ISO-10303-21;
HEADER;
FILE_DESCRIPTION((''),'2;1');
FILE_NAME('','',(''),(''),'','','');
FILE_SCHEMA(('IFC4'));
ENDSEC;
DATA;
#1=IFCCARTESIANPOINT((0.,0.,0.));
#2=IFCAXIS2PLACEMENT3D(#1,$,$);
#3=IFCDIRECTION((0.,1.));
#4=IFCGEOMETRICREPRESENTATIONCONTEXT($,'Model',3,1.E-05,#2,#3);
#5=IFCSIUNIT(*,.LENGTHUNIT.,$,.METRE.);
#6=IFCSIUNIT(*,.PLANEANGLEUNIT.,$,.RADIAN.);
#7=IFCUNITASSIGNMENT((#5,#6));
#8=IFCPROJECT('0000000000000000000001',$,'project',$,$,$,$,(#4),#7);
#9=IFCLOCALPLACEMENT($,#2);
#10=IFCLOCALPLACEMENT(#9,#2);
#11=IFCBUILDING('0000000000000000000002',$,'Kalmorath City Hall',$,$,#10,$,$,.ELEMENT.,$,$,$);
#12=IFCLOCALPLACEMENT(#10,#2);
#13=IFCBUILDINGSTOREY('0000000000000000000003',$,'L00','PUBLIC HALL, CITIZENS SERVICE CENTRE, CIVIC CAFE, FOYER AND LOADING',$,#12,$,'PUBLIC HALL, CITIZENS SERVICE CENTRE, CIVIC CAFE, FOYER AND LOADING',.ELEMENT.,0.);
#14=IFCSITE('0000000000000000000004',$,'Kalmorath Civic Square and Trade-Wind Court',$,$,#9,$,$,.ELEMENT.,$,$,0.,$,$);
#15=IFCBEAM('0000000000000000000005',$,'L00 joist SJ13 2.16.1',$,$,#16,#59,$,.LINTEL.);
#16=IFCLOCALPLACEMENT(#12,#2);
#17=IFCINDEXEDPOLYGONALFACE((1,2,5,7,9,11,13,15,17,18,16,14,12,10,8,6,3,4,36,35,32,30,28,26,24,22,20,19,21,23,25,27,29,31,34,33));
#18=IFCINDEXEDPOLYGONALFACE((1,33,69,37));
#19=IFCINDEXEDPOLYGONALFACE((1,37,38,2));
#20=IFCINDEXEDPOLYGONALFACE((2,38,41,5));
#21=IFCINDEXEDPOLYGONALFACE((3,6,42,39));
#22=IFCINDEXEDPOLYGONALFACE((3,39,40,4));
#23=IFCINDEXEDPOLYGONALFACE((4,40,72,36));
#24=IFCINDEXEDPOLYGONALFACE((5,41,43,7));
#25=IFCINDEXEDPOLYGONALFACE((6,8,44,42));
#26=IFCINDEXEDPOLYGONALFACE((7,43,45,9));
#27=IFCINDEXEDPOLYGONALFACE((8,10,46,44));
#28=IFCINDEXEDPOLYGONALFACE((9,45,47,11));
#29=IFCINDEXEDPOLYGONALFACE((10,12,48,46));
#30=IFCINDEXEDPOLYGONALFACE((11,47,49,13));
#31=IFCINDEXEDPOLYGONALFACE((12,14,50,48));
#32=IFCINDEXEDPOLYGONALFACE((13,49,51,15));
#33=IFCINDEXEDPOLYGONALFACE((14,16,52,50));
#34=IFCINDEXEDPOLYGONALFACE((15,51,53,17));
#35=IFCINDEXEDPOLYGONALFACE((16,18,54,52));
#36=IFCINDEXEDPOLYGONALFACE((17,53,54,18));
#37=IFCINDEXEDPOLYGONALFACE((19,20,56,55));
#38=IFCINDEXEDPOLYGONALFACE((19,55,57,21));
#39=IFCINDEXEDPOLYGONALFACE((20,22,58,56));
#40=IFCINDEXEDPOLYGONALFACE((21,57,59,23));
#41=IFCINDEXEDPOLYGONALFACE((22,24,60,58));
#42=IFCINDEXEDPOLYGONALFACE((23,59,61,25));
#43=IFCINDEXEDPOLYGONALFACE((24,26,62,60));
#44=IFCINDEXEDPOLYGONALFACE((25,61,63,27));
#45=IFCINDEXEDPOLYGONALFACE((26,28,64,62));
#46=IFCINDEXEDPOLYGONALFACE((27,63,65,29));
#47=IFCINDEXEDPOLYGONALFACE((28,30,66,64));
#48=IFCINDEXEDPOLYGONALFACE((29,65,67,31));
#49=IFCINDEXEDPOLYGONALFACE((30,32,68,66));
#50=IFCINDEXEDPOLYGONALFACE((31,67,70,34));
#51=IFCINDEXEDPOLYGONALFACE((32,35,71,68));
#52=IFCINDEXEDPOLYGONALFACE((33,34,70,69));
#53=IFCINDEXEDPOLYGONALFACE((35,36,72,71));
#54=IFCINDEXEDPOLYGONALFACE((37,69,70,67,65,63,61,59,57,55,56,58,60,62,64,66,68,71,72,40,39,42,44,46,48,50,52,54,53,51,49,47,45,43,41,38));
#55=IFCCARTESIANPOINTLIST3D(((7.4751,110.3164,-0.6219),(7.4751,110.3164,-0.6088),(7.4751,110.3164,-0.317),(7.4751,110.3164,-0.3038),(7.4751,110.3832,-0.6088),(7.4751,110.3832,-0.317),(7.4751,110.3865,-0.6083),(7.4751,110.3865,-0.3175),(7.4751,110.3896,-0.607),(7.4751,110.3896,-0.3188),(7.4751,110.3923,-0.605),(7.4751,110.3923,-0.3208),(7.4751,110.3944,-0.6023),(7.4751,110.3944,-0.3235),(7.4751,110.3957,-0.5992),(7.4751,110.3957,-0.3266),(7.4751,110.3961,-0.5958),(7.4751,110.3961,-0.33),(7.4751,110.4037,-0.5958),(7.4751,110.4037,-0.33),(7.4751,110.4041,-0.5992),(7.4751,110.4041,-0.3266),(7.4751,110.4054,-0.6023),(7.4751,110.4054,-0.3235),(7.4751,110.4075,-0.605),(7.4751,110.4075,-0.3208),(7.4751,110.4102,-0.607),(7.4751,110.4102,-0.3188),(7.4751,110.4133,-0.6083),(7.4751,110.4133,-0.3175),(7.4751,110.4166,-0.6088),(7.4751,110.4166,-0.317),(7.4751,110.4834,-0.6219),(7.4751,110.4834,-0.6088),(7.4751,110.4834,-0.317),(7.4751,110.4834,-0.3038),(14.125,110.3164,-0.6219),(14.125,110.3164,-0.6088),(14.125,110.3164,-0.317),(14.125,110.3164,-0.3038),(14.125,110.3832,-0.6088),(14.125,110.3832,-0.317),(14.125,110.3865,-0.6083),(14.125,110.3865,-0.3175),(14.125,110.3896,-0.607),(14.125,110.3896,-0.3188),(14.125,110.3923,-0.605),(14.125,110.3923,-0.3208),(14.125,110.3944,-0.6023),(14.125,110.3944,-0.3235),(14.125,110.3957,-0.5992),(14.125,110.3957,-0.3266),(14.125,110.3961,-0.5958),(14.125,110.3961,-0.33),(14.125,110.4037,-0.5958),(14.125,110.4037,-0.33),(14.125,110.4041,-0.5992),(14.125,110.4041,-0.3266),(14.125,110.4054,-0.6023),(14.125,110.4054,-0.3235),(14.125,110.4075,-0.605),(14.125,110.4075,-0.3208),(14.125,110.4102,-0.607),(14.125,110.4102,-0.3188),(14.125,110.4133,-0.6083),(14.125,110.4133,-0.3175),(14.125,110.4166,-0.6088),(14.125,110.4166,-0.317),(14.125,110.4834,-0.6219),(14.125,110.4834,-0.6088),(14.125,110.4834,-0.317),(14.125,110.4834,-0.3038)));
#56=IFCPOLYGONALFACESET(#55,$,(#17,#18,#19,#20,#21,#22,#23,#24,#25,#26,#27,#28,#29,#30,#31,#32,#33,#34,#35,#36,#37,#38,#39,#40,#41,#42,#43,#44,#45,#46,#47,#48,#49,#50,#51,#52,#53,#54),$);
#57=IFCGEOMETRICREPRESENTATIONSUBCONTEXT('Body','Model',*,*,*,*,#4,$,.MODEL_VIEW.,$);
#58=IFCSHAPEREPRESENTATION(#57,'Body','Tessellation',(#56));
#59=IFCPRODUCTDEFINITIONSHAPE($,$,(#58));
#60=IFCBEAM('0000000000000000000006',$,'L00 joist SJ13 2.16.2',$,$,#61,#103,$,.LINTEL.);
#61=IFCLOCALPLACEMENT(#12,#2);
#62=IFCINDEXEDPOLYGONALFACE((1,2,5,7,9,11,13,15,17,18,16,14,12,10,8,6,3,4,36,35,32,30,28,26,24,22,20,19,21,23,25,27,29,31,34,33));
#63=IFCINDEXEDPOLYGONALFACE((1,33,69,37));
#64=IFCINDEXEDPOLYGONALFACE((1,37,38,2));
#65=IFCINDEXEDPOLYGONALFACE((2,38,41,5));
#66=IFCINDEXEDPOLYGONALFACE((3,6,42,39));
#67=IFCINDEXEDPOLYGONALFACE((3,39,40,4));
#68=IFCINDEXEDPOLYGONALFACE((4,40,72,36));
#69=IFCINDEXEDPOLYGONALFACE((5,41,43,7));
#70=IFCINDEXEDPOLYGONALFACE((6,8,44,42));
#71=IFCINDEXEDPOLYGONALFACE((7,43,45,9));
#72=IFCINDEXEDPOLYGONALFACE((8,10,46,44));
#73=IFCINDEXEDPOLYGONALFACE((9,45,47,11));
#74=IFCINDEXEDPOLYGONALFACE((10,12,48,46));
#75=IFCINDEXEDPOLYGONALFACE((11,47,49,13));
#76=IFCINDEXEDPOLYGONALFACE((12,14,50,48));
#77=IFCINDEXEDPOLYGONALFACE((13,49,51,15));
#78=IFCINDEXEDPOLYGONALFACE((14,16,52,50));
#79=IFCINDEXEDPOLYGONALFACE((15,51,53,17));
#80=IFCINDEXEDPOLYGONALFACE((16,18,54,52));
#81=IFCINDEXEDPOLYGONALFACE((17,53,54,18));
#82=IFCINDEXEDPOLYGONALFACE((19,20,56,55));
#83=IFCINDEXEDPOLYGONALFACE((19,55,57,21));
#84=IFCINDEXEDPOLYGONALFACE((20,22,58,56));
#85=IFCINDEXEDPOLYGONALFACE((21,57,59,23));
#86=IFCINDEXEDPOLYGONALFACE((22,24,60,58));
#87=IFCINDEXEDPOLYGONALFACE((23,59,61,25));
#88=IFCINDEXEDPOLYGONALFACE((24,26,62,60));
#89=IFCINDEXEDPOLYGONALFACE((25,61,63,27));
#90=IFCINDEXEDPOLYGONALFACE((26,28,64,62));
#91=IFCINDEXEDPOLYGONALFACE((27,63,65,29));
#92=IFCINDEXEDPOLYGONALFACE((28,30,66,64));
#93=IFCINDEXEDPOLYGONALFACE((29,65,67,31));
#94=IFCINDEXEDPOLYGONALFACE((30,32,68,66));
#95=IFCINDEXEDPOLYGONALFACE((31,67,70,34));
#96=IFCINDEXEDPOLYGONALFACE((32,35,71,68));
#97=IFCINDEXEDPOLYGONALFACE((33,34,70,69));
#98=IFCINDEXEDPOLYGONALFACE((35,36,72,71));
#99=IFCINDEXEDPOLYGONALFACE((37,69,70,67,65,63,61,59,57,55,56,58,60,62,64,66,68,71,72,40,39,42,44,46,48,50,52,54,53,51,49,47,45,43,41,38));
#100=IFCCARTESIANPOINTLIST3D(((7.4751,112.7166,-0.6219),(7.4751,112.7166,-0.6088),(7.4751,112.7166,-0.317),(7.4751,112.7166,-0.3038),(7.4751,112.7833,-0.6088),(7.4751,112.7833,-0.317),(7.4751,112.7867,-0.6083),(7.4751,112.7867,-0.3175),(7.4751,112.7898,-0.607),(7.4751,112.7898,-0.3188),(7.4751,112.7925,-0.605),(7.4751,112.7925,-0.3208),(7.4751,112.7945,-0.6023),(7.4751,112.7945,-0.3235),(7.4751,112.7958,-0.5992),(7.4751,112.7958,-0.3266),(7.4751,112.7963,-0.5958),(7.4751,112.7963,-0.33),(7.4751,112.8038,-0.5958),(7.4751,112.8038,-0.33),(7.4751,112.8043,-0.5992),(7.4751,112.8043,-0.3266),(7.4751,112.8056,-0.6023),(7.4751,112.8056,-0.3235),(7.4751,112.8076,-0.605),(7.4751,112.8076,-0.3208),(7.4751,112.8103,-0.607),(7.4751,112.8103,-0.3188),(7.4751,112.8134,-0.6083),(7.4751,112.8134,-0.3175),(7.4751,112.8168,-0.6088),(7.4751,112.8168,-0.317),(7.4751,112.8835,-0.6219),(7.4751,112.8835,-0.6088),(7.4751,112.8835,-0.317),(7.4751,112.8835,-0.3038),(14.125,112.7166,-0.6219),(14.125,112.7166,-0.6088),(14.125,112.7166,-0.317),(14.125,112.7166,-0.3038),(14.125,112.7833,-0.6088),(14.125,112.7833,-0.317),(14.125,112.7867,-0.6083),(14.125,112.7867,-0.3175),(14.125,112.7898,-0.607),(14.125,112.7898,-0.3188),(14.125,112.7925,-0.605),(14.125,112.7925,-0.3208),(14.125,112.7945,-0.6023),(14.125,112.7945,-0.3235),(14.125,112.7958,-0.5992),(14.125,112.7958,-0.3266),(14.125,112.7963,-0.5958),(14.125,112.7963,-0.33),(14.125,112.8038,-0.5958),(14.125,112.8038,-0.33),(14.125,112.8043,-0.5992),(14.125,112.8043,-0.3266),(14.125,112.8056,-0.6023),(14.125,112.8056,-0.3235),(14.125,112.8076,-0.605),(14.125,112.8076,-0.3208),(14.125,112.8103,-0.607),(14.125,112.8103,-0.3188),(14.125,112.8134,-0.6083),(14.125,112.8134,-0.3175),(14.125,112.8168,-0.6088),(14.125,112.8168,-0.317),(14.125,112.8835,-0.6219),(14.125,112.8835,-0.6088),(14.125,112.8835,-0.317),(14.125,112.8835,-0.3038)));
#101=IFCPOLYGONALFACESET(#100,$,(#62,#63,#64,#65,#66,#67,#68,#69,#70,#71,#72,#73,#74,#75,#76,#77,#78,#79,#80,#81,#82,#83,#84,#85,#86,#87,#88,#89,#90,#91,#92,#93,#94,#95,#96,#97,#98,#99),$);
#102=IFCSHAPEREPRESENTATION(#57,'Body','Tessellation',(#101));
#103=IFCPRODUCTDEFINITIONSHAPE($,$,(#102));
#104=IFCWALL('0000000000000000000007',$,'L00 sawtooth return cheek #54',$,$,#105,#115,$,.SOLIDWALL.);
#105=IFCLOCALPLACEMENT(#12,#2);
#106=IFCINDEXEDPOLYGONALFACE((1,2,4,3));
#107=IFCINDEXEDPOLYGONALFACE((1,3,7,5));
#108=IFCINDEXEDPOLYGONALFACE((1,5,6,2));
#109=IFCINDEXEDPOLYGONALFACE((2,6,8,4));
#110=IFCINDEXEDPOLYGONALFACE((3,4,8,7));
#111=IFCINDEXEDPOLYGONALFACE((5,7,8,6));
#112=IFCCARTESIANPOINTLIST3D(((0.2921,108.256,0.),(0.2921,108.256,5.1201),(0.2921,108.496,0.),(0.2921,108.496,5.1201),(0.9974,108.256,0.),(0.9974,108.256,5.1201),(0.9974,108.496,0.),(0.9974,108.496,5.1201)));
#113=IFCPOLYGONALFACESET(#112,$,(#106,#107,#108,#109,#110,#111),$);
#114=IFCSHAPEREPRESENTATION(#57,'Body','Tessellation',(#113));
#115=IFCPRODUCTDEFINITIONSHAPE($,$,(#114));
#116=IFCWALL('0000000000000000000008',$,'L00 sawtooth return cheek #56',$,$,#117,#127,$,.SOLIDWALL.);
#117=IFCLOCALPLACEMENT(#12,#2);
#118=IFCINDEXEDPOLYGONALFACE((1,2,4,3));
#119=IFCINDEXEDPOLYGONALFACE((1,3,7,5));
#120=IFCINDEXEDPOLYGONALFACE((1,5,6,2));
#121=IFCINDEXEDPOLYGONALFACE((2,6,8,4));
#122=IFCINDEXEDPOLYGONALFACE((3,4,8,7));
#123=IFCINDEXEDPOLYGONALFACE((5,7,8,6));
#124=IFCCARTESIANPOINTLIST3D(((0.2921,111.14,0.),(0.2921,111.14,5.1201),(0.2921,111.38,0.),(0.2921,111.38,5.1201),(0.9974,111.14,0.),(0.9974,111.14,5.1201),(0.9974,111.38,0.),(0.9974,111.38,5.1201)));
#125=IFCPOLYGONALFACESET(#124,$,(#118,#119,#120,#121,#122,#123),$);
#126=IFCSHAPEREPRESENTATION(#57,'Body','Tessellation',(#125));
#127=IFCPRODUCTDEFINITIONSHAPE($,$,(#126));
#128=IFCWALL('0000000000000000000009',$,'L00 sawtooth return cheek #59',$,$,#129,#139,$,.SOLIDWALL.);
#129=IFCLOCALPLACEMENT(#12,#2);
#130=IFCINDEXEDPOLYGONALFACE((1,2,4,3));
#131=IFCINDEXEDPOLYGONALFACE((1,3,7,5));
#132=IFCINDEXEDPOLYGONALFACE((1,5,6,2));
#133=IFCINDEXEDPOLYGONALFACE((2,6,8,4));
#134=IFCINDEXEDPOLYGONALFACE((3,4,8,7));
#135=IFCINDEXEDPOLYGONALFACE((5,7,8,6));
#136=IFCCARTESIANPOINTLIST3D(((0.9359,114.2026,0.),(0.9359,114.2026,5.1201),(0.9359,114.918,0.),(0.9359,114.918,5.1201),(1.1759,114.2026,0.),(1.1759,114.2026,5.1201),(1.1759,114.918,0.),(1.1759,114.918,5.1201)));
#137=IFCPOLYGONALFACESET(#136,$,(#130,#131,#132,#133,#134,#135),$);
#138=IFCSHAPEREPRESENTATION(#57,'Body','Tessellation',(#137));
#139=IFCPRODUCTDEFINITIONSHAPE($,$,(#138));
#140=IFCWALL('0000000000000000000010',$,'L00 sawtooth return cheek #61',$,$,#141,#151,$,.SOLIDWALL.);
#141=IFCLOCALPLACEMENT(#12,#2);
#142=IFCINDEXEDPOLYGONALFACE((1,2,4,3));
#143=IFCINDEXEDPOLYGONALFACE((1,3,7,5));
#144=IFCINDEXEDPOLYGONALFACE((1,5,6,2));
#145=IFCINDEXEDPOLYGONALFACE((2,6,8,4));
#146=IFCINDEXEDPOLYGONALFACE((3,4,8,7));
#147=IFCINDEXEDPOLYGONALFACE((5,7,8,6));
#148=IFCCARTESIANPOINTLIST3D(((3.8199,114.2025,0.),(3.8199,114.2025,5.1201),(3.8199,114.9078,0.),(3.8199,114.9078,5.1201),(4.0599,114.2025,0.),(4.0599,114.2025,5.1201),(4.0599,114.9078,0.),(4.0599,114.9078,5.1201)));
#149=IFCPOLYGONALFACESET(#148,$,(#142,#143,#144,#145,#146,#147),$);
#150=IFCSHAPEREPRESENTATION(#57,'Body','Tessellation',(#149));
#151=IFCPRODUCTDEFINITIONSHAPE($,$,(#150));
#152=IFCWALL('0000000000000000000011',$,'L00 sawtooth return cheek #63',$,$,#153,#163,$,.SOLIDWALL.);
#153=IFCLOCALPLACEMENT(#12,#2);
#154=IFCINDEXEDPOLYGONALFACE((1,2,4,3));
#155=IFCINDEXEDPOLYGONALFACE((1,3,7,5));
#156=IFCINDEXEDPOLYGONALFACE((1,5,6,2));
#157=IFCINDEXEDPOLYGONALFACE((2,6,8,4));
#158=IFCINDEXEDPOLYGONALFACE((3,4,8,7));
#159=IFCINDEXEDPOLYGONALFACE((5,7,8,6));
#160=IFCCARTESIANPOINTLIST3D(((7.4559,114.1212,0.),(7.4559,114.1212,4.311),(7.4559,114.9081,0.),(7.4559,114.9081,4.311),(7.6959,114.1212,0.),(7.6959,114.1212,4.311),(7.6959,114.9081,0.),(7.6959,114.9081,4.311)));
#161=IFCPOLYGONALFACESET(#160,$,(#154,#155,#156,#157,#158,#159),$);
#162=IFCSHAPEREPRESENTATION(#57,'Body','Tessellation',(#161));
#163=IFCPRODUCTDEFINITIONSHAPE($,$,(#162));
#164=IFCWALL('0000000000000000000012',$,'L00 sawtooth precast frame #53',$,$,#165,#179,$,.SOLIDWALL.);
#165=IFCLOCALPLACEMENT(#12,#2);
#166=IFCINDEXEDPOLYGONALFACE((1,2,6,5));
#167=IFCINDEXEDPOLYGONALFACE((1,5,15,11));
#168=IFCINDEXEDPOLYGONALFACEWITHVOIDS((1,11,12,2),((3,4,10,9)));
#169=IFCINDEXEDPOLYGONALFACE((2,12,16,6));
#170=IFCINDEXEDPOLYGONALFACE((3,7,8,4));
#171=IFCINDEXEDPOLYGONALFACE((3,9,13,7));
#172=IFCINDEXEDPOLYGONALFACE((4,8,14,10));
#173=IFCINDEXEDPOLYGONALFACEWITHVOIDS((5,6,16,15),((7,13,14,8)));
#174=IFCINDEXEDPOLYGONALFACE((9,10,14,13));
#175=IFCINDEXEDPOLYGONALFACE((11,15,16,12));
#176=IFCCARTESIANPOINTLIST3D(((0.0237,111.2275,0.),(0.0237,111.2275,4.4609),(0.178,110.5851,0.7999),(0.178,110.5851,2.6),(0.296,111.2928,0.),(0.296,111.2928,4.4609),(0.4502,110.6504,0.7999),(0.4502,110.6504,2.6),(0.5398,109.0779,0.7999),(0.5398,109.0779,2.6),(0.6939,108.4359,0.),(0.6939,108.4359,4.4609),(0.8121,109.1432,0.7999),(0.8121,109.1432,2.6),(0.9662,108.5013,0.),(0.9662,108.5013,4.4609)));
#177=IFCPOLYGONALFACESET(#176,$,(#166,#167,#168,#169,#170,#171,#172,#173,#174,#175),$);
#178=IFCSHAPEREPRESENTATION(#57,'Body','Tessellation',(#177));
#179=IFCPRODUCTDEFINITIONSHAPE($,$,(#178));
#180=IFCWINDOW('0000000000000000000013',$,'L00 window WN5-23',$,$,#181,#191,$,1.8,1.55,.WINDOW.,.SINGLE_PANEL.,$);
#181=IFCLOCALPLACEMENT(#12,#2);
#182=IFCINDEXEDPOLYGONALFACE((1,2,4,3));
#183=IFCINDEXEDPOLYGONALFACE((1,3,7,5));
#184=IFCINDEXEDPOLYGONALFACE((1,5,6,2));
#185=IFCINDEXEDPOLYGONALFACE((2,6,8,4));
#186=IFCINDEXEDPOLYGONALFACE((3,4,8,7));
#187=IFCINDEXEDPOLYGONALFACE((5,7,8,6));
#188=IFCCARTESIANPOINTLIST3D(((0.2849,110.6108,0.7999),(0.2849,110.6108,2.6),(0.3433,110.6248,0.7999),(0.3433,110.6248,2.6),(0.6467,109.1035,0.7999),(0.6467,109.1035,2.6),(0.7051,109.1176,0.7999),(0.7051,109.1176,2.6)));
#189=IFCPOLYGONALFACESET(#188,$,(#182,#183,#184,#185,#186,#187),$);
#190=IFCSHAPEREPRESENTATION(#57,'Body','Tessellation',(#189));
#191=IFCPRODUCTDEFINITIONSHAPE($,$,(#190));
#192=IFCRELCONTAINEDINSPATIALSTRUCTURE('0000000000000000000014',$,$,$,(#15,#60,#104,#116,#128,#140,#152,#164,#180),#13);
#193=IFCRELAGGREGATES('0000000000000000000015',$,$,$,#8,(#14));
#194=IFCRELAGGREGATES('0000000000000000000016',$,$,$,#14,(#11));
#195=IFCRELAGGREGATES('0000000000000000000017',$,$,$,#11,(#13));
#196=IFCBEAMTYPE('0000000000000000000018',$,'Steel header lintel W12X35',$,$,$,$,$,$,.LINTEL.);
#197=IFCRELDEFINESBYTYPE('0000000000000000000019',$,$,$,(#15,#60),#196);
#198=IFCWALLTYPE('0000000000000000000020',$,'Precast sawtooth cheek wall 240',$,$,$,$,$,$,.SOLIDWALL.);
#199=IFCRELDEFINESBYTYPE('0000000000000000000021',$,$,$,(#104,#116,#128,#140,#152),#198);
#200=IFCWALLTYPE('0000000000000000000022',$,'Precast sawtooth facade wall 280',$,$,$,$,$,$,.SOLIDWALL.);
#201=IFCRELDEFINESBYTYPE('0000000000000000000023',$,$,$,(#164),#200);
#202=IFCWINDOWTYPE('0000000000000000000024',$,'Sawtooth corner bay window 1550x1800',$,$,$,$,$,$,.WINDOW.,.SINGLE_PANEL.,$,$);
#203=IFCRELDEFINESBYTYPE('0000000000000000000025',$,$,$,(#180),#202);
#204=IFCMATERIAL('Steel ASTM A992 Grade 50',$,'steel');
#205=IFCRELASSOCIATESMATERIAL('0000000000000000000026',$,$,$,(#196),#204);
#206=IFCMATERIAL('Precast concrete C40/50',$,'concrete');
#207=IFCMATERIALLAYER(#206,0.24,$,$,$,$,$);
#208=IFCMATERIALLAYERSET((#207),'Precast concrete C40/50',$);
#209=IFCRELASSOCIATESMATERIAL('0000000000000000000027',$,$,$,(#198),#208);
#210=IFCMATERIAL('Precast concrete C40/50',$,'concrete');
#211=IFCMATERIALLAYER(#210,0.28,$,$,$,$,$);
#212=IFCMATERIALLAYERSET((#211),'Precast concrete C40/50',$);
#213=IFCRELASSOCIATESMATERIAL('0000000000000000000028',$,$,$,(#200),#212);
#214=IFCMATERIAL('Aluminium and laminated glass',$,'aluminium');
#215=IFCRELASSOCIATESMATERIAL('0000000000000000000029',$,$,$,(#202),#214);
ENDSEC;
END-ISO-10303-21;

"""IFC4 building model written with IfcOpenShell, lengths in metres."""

from ifc_helpers import new_model, si_unit, direction, frame, frame_2d, origin, origin_2d, place, context, subcontext, project, spatial, rectangle, i_section, extrude, material, layer, layer_set, material_profile, profile_set, type_object, element, fill, save


model = new_model("IFC4")

# Units and contexts
model_context = context("Model", 3, precision=1e-05, world=origin(), true_north=direction((0.0, 1.0)))
body_context = subcontext(model_context, "Body", "Model", "MODEL_VIEW")
ifc_project = project(units=[si_unit("LENGTHUNIT", "METRE"), si_unit("PLANEANGLEUNIT", "RADIAN")], contexts=[model_context])

# Site, building, storey
site_placement = place(None, origin())
site = spatial("IfcSite", under=ifc_project, at=site_placement, Name="Kalmorath Civic Square and Trade-Wind Court", CompositionType="ELEMENT", RefElevation=0.0)
building_placement = place(site_placement, origin())
building = spatial("IfcBuilding", under=site, at=building_placement, Name="Kalmorath City Hall", CompositionType="ELEMENT")
storey_placement = place(building_placement, origin())
storey = spatial("IfcBuildingStorey", under=building, at=storey_placement, Name="L00", Description="PUBLIC HALL, CITIZENS SERVICE CENTRE, CIVIC CAFE, FOYER AND LOADING", LongName="PUBLIC HALL, CITIZENS SERVICE CENTRE, CIVIC CAFE, FOYER AND LOADING", CompositionType="ELEMENT", Elevation=0.0)

# Beams
ifc_material_1 = material(Name="Steel ASTM A992 Grade 50", Category="steel")
ifc_material_profile_1 = material_profile(ifc_material_1, i_section(OverallWidth=0.167, OverallDepth=0.3181, WebThickness=0.0076, FlangeThickness=0.0132, FilletRadius=0.0129, at=origin_2d()), Name="W12X35")
ifc_profile_set_1 = profile_set([ifc_material_profile_1], Name="Steel ASTM A992 Grade 50")
beam_type_1 = type_object("IfcBeamType", Name="Steel header lintel W12X35", PredefinedType="LINTEL", material=ifc_profile_set_1)
for number, where, z_axis, x_axis, name in (
    (1, (7.4751, 110.3999, -0.4629), (1.0, 0.0, 0.0), (0.0, 1.0, 0.0), "L00 joist SJ13 2.16.1"),
    (2, (7.4751, 112.8, -0.4629), (1.0, 0.0, 0.0), (0.0, 1.0, 0.0), "L00 joist SJ13 2.16.2"),
):
    element("IfcBeam", number, at=place(storey_placement, frame(where, z_axis=z_axis, x_axis=x_axis)), inside=storey, type_object=beam_type_1, Name=name, PredefinedType="LINTEL", context=body_context, shape_type="SweptSolid", body=[
        extrude(i_section(OverallWidth=0.167, OverallDepth=0.3181, WebThickness=0.0076, FlangeThickness=0.0132, FilletRadius=0.0129, at=origin_2d()), origin(), (0.0, 0.0, 1.0), 6.6499),
    ])

# Walls
ifc_material_2 = material(Name="Precast concrete C40/50", Category="concrete")
ifc_layer_1 = layer(ifc_material_2, 0.24)
ifc_layer_set_1 = layer_set([ifc_layer_1], Name="Precast concrete C40/50")
wall_type_1 = type_object("IfcWallType", Name="Precast sawtooth cheek wall 240", PredefinedType="SOLIDWALL", material=ifc_layer_set_1)
for number, where, z_axis, x_axis, name in (
    (3, (0.9973, 108.376, 0.0), (0.0, 0.0, 1.0), (-1.0, 0.0, 0.0), "L00 sawtooth return cheek #54"),
    (4, (0.9973, 111.26, 0.0), (0.0, 0.0, 1.0), (-1.0, 0.0, 0.0), "L00 sawtooth return cheek #56"),
):
    element("IfcWall", number, at=place(storey_placement, frame(where, z_axis=z_axis, x_axis=x_axis)), inside=storey, type_object=wall_type_1, Name=name, PredefinedType="SOLIDWALL", context=body_context, shape_type="SweptSolid", body=[
        extrude(rectangle(XDim=0.7053, YDim=0.24, at=frame_2d((0.3525, 0.0))), origin(), (0.0, 0.0, 1.0), 5.1201),
    ])
wall_1_placement = place(storey_placement, frame((1.0559, 114.2026, 0.0), z_axis=(0.0, 0.0, 1.0), x_axis=(0.0, 1.0, 0.0)))
element("IfcWall", 5, at=wall_1_placement, inside=storey, type_object=wall_type_1, Name="L00 sawtooth return cheek #59", PredefinedType="SOLIDWALL", context=body_context, shape_type="SweptSolid", body=[
    extrude(rectangle(XDim=0.7153, YDim=0.24, at=frame_2d((0.3577, 0.0))), origin(), (0.0, 0.0, 1.0), 5.1201),
])
wall_2_placement = place(storey_placement, frame((3.9399, 114.2026, 0.0), z_axis=(0.0, 0.0, 1.0), x_axis=(0.0, 1.0, 0.0)))
element("IfcWall", 6, at=wall_2_placement, inside=storey, type_object=wall_type_1, Name="L00 sawtooth return cheek #61", PredefinedType="SOLIDWALL", context=body_context, shape_type="SweptSolid", body=[
    extrude(rectangle(XDim=0.7053, YDim=0.24, at=frame_2d((0.3525, 0.0))), origin(), (0.0, 0.0, 1.0), 5.1201),
])
wall_3_placement = place(storey_placement, frame((7.5759, 114.1211, 0.0), z_axis=(0.0, 0.0, 1.0), x_axis=(0.0, 1.0, 0.0)))
element("IfcWall", 7, at=wall_3_placement, inside=storey, type_object=wall_type_1, Name="L00 sawtooth return cheek #63", PredefinedType="SOLIDWALL", context=body_context, shape_type="SweptSolid", body=[
    extrude(rectangle(XDim=0.7869, YDim=0.24, at=frame_2d((0.3936, 0.0))), origin(), (0.0, 0.0, 1.0), 4.311),
])

# Wall, opening, window
ifc_material_3 = material(Name="Precast concrete C40/50", Category="concrete")
ifc_layer_2 = layer(ifc_material_3, 0.28)
ifc_layer_set_2 = layer_set([ifc_layer_2], Name="Precast concrete C40/50")
wall_type_2 = type_object("IfcWallType", Name="Precast sawtooth facade wall 280", PredefinedType="SOLIDWALL", material=ifc_layer_set_2)
wall_4_placement = place(storey_placement, frame((0.8301, 108.4685, 0.0), z_axis=(0.0, 0.0, 1.0), x_axis=(-0.23344, 0.972371, 0.0)))
wall_4 = element("IfcWall", 8, at=wall_4_placement, inside=storey, type_object=wall_type_2, Name="L00 sawtooth precast frame #53", PredefinedType="SOLIDWALL", context=body_context, shape_type="SweptSolid", body=[
    extrude(rectangle(XDim=2.8708, YDim=0.28, at=frame_2d((1.4355, 0.0))), origin(), (0.0, 0.0, 1.0), 4.4609),
])
opening_1_placement = place(wall_4_placement, frame((0.6604, 0.0, 0.8)))
opening_1 = element("IfcOpeningElement", 9, at=opening_1_placement, cuts=wall_4, PredefinedType="OPENING", context=body_context, shape_type="SweptSolid", body=[
    extrude(rectangle(XDim=1.55, YDim=1.8, at=frame_2d((0.7749, 0.8999))), frame((0.0, 0.1499, 0.0), z_axis=(0.0, -1.0, 0.0), x_axis=(1.0, 0.0, 0.0)), (0.0, 0.0, 1.0), 0.3),
])
ifc_material_4 = material(Name="Aluminium and laminated glass", Category="aluminium")
window_type = type_object("IfcWindowType", Name="Sawtooth corner bay window 1550x1800", PartitioningType="SINGLE_PANEL", PredefinedType="WINDOW", material=ifc_material_4)
window_1_placement = place(opening_1_placement, origin())
window_1 = element("IfcWindow", 10, at=window_1_placement, inside=storey, type_object=window_type, Name="L00 window WN5-23", OverallHeight=1.8, OverallWidth=1.55, PartitioningType="SINGLE_PANEL", PredefinedType="WINDOW", context=body_context, shape_type="SweptSolid", body=[
    extrude(rectangle(XDim=1.55, YDim=1.8, at=frame_2d((0.7749, 0.8999))), frame((0.0, 0.03, 0.0), z_axis=(0.0, -1.0, 0.0), x_axis=(1.0, 0.0, 0.0)), (0.0, 0.0, 1.0), 0.0601),
])
fill(opening_1, window_1)

save(model, "model.ifc")
